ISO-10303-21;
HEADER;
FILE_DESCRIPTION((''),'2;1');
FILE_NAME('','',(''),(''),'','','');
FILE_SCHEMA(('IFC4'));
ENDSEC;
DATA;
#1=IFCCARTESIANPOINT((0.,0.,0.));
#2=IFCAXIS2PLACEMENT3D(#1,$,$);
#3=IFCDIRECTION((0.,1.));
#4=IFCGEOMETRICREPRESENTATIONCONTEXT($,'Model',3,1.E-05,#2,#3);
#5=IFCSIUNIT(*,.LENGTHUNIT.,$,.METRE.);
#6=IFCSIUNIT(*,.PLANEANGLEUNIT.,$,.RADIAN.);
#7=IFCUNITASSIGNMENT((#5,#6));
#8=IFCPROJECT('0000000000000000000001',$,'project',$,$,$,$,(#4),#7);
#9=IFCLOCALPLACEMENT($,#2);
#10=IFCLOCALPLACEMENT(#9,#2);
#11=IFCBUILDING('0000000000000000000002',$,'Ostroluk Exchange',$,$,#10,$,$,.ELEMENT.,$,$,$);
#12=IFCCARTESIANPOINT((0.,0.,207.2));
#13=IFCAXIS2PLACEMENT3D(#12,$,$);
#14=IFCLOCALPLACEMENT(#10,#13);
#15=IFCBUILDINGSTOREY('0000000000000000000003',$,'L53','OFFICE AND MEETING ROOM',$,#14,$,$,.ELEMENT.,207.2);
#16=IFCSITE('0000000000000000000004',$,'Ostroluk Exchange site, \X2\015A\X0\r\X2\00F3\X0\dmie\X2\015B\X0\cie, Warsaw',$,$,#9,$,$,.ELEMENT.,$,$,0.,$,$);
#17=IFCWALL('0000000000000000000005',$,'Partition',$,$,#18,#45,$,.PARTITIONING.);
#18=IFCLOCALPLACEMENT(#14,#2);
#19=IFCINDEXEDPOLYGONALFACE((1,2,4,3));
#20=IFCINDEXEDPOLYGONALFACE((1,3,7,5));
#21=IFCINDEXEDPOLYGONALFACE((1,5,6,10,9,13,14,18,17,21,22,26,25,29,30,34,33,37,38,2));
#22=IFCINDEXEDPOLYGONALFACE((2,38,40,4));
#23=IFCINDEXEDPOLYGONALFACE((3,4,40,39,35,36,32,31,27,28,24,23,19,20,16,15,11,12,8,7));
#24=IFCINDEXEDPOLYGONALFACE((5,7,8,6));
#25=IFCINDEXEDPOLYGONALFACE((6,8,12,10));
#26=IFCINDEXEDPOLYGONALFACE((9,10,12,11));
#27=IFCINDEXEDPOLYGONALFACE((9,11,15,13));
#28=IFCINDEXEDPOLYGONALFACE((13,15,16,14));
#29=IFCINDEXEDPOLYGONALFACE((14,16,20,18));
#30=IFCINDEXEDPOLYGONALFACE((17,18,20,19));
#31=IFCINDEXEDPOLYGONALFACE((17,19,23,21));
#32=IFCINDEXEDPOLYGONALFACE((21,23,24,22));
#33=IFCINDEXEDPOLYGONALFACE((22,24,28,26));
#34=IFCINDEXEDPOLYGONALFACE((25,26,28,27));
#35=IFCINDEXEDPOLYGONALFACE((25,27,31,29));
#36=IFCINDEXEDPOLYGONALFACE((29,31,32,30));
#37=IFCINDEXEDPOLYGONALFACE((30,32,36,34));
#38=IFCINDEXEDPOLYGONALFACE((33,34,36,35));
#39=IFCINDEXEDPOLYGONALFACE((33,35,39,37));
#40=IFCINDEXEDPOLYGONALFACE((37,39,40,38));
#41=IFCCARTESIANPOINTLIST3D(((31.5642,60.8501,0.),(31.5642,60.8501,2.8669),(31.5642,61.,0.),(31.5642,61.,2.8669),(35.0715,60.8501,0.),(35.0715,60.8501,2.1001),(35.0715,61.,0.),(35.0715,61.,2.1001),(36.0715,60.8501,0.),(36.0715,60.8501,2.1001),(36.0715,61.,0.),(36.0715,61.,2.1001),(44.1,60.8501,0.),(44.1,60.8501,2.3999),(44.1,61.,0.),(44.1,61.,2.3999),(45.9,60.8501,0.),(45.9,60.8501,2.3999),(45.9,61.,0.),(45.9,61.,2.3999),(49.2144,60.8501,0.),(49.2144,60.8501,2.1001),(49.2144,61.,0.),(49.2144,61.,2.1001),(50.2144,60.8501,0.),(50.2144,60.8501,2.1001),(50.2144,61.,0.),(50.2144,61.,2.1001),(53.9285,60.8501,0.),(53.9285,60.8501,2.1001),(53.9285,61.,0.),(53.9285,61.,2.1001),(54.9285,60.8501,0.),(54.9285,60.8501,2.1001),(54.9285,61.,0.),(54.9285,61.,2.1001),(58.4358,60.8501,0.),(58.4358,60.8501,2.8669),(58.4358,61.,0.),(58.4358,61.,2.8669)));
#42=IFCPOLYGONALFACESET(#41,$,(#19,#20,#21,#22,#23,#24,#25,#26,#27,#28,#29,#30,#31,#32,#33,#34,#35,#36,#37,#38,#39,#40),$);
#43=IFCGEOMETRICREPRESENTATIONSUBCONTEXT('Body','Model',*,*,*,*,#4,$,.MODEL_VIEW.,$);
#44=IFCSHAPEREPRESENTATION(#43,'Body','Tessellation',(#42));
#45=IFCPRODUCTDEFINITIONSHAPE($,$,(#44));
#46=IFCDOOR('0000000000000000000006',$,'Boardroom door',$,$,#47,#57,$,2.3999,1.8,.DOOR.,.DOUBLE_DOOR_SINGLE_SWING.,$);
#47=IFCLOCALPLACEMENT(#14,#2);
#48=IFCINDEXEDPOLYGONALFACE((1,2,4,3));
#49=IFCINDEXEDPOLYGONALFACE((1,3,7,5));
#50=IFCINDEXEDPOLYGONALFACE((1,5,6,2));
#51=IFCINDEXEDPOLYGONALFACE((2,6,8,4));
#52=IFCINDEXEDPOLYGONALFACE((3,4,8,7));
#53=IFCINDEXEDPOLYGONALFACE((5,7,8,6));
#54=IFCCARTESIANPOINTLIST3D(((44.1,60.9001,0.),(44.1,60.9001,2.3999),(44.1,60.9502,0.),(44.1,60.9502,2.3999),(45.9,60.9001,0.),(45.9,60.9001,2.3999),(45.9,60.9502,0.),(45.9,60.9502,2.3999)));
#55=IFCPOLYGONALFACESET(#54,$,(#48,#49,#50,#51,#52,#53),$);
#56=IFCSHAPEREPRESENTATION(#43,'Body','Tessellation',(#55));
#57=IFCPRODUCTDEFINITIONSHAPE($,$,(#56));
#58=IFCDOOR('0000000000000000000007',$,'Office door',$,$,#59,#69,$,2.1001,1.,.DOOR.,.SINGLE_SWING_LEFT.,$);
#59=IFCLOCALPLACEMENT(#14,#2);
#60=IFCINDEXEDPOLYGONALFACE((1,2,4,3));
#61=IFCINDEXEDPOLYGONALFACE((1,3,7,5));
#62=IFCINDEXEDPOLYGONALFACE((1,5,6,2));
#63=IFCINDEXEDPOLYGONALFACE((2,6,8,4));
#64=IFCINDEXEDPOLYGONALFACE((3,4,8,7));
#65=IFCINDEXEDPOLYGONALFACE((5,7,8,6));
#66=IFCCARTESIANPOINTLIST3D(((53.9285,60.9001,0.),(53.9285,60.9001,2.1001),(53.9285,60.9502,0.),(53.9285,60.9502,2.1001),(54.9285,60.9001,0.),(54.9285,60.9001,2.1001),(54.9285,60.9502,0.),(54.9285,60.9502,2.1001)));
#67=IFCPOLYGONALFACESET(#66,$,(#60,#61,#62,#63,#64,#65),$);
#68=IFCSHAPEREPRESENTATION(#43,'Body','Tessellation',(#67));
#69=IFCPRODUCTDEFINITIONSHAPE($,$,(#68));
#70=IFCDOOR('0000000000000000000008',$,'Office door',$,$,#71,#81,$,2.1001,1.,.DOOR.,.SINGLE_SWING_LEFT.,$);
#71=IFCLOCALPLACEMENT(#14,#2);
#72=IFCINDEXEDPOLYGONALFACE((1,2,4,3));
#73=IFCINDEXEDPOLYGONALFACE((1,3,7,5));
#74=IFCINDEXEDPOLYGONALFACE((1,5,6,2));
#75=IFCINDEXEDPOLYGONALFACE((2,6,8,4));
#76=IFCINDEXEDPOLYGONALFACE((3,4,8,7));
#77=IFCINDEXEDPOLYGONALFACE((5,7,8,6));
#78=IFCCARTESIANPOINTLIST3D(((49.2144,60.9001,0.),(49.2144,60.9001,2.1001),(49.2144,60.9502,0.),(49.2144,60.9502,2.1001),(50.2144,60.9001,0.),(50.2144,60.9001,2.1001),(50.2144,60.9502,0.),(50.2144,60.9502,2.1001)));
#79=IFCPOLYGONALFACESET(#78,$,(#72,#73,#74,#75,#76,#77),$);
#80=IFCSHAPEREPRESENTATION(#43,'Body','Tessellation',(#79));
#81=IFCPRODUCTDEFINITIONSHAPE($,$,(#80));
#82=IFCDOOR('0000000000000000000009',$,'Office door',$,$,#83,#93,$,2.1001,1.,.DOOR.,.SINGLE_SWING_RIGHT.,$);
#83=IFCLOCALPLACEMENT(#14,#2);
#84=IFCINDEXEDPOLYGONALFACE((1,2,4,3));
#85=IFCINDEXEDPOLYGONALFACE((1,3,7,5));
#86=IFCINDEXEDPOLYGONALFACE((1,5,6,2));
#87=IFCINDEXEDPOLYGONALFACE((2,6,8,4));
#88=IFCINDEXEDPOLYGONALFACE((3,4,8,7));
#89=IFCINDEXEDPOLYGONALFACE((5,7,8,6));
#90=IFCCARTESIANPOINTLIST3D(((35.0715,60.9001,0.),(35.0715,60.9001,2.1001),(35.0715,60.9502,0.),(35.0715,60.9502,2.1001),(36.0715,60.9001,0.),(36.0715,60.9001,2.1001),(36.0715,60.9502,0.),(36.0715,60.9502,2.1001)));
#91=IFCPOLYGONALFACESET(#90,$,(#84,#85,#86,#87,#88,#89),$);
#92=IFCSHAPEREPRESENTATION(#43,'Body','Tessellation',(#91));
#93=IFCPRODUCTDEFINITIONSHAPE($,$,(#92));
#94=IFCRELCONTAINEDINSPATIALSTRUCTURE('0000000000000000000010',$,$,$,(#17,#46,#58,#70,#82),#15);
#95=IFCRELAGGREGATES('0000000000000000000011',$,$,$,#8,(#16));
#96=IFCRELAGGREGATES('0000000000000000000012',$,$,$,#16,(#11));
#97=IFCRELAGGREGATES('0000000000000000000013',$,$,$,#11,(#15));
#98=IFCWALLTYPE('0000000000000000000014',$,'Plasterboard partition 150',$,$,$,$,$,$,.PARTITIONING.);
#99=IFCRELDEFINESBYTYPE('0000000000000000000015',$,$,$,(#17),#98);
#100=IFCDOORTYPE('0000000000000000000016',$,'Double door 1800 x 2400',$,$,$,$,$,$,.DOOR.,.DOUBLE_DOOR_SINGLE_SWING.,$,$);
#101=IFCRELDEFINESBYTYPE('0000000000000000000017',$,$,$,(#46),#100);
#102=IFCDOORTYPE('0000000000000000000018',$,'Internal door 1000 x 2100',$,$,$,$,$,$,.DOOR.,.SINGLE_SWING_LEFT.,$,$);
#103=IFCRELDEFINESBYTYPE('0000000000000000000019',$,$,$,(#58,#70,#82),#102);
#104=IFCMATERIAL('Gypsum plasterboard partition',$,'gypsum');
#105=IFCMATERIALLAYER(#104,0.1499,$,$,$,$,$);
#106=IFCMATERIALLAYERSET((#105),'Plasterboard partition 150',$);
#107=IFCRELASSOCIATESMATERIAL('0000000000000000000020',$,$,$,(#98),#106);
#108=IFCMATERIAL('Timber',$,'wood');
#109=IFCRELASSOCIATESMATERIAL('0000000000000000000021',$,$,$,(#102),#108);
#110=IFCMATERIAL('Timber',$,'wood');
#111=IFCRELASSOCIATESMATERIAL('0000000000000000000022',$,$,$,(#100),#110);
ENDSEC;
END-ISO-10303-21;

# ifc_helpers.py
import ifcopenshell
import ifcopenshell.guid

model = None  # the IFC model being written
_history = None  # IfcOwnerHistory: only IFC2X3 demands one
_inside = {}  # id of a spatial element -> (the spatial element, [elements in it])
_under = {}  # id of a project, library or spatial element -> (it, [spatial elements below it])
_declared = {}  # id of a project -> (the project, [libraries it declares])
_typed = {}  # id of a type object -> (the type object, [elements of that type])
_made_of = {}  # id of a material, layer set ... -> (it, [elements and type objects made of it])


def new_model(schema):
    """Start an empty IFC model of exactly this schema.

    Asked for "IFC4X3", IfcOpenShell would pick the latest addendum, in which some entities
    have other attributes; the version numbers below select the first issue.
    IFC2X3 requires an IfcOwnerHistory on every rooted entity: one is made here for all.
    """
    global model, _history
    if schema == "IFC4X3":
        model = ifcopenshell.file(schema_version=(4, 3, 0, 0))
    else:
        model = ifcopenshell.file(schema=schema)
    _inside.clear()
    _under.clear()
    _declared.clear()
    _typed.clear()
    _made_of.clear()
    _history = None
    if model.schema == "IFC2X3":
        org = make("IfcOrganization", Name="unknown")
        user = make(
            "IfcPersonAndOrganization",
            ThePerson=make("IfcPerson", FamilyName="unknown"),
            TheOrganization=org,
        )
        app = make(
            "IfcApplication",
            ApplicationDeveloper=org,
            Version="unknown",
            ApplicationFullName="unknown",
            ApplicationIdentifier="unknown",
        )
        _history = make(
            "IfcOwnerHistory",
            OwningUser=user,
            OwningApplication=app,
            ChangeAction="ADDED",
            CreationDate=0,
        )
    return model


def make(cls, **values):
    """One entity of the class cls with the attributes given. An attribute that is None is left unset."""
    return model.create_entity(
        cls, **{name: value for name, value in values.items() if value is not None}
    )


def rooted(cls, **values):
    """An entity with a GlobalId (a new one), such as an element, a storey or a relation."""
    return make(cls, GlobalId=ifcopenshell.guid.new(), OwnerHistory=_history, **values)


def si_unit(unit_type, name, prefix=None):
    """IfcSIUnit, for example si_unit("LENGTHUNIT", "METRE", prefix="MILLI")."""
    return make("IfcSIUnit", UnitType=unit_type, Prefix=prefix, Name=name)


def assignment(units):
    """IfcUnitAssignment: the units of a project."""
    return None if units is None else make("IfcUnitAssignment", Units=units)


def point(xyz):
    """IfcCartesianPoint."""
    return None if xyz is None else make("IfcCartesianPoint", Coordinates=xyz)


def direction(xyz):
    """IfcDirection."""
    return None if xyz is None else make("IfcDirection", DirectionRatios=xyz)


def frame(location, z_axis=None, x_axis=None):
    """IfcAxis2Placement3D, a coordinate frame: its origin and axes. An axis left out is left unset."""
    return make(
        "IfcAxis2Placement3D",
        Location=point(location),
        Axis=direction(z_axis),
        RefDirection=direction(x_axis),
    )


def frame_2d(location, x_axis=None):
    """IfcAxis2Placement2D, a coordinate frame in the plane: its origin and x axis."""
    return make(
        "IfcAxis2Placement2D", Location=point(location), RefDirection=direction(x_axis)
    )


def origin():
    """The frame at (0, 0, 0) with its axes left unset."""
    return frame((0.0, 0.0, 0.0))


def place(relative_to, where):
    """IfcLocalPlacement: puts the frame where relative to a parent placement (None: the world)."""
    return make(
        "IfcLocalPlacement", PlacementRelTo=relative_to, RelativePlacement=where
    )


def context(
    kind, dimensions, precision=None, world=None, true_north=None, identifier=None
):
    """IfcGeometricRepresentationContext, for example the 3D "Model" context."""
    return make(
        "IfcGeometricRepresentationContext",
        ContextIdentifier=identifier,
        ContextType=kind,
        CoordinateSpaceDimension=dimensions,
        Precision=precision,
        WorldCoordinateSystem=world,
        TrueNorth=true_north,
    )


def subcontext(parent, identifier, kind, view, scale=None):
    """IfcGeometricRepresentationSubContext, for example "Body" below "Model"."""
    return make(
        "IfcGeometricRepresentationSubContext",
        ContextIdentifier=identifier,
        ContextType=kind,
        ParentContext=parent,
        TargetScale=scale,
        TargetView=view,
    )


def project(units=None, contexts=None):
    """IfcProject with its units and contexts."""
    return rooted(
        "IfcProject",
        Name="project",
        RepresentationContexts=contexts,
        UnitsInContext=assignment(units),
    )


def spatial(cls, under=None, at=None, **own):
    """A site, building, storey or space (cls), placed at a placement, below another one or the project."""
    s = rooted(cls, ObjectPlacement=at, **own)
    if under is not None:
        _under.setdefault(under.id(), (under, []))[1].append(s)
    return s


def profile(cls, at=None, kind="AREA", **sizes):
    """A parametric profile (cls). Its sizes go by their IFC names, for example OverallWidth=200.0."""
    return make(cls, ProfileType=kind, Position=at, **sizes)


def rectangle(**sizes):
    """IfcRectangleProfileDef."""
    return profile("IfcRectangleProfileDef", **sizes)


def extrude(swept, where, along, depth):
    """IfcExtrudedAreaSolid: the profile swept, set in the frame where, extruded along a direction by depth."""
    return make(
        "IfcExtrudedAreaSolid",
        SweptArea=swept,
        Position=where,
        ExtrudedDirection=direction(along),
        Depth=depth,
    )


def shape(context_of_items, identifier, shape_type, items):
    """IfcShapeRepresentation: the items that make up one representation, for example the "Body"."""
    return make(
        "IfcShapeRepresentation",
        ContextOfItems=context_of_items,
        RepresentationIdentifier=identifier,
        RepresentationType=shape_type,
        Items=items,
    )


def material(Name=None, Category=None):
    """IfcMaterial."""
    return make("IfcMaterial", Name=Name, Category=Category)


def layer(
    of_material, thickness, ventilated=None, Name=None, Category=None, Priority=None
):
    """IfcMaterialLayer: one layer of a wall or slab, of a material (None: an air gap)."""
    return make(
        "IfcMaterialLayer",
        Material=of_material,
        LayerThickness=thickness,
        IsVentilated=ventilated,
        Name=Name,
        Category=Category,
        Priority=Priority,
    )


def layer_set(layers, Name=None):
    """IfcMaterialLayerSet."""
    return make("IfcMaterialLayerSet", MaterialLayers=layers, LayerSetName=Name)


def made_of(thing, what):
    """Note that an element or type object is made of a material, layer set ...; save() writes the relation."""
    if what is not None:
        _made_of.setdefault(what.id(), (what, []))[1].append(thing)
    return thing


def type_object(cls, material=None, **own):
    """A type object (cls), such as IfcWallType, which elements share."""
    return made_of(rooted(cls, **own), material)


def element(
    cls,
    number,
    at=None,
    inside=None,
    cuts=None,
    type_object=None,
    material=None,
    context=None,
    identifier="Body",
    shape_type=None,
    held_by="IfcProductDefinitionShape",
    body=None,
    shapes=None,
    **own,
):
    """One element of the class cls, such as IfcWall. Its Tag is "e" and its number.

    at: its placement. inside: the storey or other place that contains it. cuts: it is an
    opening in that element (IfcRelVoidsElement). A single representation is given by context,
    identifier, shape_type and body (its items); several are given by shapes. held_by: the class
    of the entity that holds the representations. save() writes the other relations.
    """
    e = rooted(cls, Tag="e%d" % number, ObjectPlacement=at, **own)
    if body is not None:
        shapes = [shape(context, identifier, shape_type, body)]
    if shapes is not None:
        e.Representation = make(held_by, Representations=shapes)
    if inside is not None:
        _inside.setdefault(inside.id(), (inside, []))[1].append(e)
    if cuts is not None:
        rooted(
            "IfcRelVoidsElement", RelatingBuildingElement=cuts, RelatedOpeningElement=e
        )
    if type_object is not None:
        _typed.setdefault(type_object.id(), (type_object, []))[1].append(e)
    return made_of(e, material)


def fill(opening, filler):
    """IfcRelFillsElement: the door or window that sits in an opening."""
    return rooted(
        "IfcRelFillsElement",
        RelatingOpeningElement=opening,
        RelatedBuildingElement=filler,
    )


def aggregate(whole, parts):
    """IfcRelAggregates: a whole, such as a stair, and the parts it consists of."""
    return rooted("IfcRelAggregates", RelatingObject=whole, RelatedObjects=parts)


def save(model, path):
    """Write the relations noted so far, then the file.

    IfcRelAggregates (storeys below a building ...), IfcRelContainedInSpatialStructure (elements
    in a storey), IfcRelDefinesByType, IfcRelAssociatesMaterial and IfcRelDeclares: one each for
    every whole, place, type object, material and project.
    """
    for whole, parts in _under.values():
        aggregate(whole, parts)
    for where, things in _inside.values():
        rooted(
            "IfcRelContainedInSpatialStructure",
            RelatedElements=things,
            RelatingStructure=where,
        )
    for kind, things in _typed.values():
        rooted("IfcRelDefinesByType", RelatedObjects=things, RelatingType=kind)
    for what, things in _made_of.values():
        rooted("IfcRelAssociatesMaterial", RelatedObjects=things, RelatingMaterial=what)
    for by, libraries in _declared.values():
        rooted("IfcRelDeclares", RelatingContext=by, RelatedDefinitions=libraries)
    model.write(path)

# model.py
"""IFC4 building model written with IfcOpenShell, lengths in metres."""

from ifc_helpers import new_model, si_unit, direction, frame, frame_2d, origin, place, context, subcontext, project, spatial, rectangle, extrude, material, layer, layer_set, type_object, element, fill, save


model = new_model("IFC4")

# Units and contexts
model_context = context("Model", 3, precision=1e-05, world=origin(), true_north=direction((0.0, 1.0)))
body_context = subcontext(model_context, "Body", "Model", "MODEL_VIEW")
ifc_project = project(units=[si_unit("LENGTHUNIT", "METRE"), si_unit("PLANEANGLEUNIT", "RADIAN")], contexts=[model_context])

# Site, building, storey
site_placement = place(None, origin())
site = spatial("IfcSite", under=ifc_project, at=site_placement, Name="Ostroluk Exchange site, Śródmieście, Warsaw", CompositionType="ELEMENT", RefElevation=0.0)
building_placement = place(site_placement, origin())
building = spatial("IfcBuilding", under=site, at=building_placement, Name="Ostroluk Exchange", CompositionType="ELEMENT")
storey_placement = place(building_placement, frame((0.0, 0.0, 207.2)))
storey = spatial("IfcBuildingStorey", under=building, at=storey_placement, Name="L53", Description="OFFICE AND MEETING ROOM", CompositionType="ELEMENT", Elevation=207.2)

# Shared definitions
ifc_material_1 = material(Name="Gypsum plasterboard partition", Category="gypsum")
ifc_layer = layer(ifc_material_1, 0.1499)
ifc_layer_set = layer_set([ifc_layer], Name="Plasterboard partition 150")
wall_type = type_object("IfcWallType", Name="Plasterboard partition 150", PredefinedType="PARTITIONING", material=ifc_layer_set)

# Shared definitions
ifc_material_2 = material(Name="Timber", Category="wood")
door_type_1 = type_object("IfcDoorType", Name="Internal door 1000 x 2100", OperationType="SINGLE_SWING_LEFT", PredefinedType="DOOR", material=ifc_material_2)

# Wall, openings, doors
wall_1_placement = place(storey_placement, frame((58.4358, 60.925, 0.0), z_axis=(0.0, 0.0, 1.0), x_axis=(-1.0, 0.0, 0.0)))
wall_1 = element("IfcWall", 1, at=wall_1_placement, inside=storey, type_object=wall_type, Name="Partition", PredefinedType="PARTITIONING", context=body_context, shape_type="SweptSolid", body=[
    extrude(rectangle(XDim=26.8716, YDim=0.1499, at=frame_2d((13.4358, 0.0))), origin(), (0.0, 0.0, 1.0), 2.8669),
])
opening_1_placement = place(wall_1_placement, frame((3.5073, 0.0, 0.0)))
opening_1 = element("IfcOpeningElement", 2, at=opening_1_placement, cuts=wall_1, PredefinedType="OPENING", context=body_context, shape_type="SweptSolid", body=[
    extrude(rectangle(XDim=1.0, YDim=2.1001, at=frame_2d((0.5, 1.05))), frame((0.0, 0.085, 0.0), z_axis=(0.0, -1.0, 0.0), x_axis=(1.0, 0.0, 0.0)), (0.0, 0.0, 1.0), 0.1699),
])
opening_2_placement = place(wall_1_placement, frame((8.2214, 0.0, 0.0)))
opening_2 = element("IfcOpeningElement", 3, at=opening_2_placement, cuts=wall_1, PredefinedType="OPENING", context=body_context, shape_type="SweptSolid", body=[
    extrude(rectangle(XDim=1.0, YDim=2.1001, at=frame_2d((0.5, 1.05))), frame((0.0, 0.085, 0.0), z_axis=(0.0, -1.0, 0.0), x_axis=(1.0, 0.0, 0.0)), (0.0, 0.0, 1.0), 0.1699),
])
opening_3_placement = place(wall_1_placement, frame((12.5359, 0.0, 0.0)))
opening_3 = element("IfcOpeningElement", 4, at=opening_3_placement, cuts=wall_1, PredefinedType="OPENING", context=body_context, shape_type="SweptSolid", body=[
    extrude(rectangle(XDim=1.8, YDim=2.3999, at=frame_2d((0.8999, 1.2))), frame((0.0, 0.085, 0.0), z_axis=(0.0, -1.0, 0.0), x_axis=(1.0, 0.0, 0.0)), (0.0, 0.0, 1.0), 0.1699),
])
opening_4_placement = place(wall_1_placement, frame((22.3643, 0.0, 0.0)))
opening_4 = element("IfcOpeningElement", 5, at=opening_4_placement, cuts=wall_1, PredefinedType="OPENING", context=body_context, shape_type="SweptSolid", body=[
    extrude(rectangle(XDim=1.0, YDim=2.1001, at=frame_2d((0.5, 1.05))), frame((0.0, 0.085, 0.0), z_axis=(0.0, -1.0, 0.0), x_axis=(1.0, 0.0, 0.0)), (0.0, 0.0, 1.0), 0.1699),
])
ifc_material_3 = material(Name="Timber", Category="wood")
door_type_2 = type_object("IfcDoorType", Name="Double door 1800 x 2400", OperationType="DOUBLE_DOOR_SINGLE_SWING", PredefinedType="DOOR", material=ifc_material_3)
door_1_placement = place(opening_3_placement, origin())
door_1 = element("IfcDoor", 6, at=door_1_placement, inside=storey, type_object=door_type_2, Name="Boardroom door", OperationType="DOUBLE_DOOR_SINGLE_SWING", OverallHeight=2.3999, OverallWidth=1.8, PredefinedType="DOOR", context=body_context, shape_type="SweptSolid", body=[
    extrude(rectangle(XDim=1.8, YDim=2.3999, at=frame_2d((0.8999, 1.2))), frame((0.0, 0.0249, 0.0), z_axis=(0.0, -1.0, 0.0), x_axis=(1.0, 0.0, 0.0)), (0.0, 0.0, 1.0), 0.05),
])
fill(opening_3, door_1)
door_2_placement = place(opening_1_placement, origin())
door_2 = element("IfcDoor", 7, at=door_2_placement, inside=storey, type_object=door_type_1, Name="Office door", OperationType="SINGLE_SWING_LEFT", OverallHeight=2.1001, OverallWidth=1.0, PredefinedType="DOOR", context=body_context, shape_type="SweptSolid", body=[
    extrude(rectangle(XDim=1.0, YDim=2.1001, at=frame_2d((0.5, 1.05))), frame((0.0, 0.0249, 0.0), z_axis=(0.0, -1.0, 0.0), x_axis=(1.0, 0.0, 0.0)), (0.0, 0.0, 1.0), 0.05),
])
fill(opening_1, door_2)
door_3_placement = place(opening_2_placement, origin())
door_3 = element("IfcDoor", 8, at=door_3_placement, inside=storey, type_object=door_type_1, Name="Office door", OperationType="SINGLE_SWING_LEFT", OverallHeight=2.1001, OverallWidth=1.0, PredefinedType="DOOR", context=body_context, shape_type="SweptSolid", body=[
    extrude(rectangle(XDim=1.0, YDim=2.1001, at=frame_2d((0.5, 1.05))), frame((0.0, 0.0249, 0.0), z_axis=(0.0, -1.0, 0.0), x_axis=(1.0, 0.0, 0.0)), (0.0, 0.0, 1.0), 0.05),
])
fill(opening_2, door_3)
door_4_placement = place(opening_4_placement, origin())
door_4 = element("IfcDoor", 9, at=door_4_placement, inside=storey, type_object=door_type_1, Name="Office door", OperationType="SINGLE_SWING_RIGHT", OverallHeight=2.1001, OverallWidth=1.0, PredefinedType="DOOR", context=body_context, shape_type="SweptSolid", body=[
    extrude(rectangle(XDim=1.0, YDim=2.1001, at=frame_2d((0.5, 1.05))), frame((0.0, 0.0249, 0.0), z_axis=(0.0, -1.0, 0.0), x_axis=(1.0, 0.0, 0.0)), (0.0, 0.0, 1.0), 0.05),
])
fill(opening_4, door_4)

save(model, "model.ifc")
